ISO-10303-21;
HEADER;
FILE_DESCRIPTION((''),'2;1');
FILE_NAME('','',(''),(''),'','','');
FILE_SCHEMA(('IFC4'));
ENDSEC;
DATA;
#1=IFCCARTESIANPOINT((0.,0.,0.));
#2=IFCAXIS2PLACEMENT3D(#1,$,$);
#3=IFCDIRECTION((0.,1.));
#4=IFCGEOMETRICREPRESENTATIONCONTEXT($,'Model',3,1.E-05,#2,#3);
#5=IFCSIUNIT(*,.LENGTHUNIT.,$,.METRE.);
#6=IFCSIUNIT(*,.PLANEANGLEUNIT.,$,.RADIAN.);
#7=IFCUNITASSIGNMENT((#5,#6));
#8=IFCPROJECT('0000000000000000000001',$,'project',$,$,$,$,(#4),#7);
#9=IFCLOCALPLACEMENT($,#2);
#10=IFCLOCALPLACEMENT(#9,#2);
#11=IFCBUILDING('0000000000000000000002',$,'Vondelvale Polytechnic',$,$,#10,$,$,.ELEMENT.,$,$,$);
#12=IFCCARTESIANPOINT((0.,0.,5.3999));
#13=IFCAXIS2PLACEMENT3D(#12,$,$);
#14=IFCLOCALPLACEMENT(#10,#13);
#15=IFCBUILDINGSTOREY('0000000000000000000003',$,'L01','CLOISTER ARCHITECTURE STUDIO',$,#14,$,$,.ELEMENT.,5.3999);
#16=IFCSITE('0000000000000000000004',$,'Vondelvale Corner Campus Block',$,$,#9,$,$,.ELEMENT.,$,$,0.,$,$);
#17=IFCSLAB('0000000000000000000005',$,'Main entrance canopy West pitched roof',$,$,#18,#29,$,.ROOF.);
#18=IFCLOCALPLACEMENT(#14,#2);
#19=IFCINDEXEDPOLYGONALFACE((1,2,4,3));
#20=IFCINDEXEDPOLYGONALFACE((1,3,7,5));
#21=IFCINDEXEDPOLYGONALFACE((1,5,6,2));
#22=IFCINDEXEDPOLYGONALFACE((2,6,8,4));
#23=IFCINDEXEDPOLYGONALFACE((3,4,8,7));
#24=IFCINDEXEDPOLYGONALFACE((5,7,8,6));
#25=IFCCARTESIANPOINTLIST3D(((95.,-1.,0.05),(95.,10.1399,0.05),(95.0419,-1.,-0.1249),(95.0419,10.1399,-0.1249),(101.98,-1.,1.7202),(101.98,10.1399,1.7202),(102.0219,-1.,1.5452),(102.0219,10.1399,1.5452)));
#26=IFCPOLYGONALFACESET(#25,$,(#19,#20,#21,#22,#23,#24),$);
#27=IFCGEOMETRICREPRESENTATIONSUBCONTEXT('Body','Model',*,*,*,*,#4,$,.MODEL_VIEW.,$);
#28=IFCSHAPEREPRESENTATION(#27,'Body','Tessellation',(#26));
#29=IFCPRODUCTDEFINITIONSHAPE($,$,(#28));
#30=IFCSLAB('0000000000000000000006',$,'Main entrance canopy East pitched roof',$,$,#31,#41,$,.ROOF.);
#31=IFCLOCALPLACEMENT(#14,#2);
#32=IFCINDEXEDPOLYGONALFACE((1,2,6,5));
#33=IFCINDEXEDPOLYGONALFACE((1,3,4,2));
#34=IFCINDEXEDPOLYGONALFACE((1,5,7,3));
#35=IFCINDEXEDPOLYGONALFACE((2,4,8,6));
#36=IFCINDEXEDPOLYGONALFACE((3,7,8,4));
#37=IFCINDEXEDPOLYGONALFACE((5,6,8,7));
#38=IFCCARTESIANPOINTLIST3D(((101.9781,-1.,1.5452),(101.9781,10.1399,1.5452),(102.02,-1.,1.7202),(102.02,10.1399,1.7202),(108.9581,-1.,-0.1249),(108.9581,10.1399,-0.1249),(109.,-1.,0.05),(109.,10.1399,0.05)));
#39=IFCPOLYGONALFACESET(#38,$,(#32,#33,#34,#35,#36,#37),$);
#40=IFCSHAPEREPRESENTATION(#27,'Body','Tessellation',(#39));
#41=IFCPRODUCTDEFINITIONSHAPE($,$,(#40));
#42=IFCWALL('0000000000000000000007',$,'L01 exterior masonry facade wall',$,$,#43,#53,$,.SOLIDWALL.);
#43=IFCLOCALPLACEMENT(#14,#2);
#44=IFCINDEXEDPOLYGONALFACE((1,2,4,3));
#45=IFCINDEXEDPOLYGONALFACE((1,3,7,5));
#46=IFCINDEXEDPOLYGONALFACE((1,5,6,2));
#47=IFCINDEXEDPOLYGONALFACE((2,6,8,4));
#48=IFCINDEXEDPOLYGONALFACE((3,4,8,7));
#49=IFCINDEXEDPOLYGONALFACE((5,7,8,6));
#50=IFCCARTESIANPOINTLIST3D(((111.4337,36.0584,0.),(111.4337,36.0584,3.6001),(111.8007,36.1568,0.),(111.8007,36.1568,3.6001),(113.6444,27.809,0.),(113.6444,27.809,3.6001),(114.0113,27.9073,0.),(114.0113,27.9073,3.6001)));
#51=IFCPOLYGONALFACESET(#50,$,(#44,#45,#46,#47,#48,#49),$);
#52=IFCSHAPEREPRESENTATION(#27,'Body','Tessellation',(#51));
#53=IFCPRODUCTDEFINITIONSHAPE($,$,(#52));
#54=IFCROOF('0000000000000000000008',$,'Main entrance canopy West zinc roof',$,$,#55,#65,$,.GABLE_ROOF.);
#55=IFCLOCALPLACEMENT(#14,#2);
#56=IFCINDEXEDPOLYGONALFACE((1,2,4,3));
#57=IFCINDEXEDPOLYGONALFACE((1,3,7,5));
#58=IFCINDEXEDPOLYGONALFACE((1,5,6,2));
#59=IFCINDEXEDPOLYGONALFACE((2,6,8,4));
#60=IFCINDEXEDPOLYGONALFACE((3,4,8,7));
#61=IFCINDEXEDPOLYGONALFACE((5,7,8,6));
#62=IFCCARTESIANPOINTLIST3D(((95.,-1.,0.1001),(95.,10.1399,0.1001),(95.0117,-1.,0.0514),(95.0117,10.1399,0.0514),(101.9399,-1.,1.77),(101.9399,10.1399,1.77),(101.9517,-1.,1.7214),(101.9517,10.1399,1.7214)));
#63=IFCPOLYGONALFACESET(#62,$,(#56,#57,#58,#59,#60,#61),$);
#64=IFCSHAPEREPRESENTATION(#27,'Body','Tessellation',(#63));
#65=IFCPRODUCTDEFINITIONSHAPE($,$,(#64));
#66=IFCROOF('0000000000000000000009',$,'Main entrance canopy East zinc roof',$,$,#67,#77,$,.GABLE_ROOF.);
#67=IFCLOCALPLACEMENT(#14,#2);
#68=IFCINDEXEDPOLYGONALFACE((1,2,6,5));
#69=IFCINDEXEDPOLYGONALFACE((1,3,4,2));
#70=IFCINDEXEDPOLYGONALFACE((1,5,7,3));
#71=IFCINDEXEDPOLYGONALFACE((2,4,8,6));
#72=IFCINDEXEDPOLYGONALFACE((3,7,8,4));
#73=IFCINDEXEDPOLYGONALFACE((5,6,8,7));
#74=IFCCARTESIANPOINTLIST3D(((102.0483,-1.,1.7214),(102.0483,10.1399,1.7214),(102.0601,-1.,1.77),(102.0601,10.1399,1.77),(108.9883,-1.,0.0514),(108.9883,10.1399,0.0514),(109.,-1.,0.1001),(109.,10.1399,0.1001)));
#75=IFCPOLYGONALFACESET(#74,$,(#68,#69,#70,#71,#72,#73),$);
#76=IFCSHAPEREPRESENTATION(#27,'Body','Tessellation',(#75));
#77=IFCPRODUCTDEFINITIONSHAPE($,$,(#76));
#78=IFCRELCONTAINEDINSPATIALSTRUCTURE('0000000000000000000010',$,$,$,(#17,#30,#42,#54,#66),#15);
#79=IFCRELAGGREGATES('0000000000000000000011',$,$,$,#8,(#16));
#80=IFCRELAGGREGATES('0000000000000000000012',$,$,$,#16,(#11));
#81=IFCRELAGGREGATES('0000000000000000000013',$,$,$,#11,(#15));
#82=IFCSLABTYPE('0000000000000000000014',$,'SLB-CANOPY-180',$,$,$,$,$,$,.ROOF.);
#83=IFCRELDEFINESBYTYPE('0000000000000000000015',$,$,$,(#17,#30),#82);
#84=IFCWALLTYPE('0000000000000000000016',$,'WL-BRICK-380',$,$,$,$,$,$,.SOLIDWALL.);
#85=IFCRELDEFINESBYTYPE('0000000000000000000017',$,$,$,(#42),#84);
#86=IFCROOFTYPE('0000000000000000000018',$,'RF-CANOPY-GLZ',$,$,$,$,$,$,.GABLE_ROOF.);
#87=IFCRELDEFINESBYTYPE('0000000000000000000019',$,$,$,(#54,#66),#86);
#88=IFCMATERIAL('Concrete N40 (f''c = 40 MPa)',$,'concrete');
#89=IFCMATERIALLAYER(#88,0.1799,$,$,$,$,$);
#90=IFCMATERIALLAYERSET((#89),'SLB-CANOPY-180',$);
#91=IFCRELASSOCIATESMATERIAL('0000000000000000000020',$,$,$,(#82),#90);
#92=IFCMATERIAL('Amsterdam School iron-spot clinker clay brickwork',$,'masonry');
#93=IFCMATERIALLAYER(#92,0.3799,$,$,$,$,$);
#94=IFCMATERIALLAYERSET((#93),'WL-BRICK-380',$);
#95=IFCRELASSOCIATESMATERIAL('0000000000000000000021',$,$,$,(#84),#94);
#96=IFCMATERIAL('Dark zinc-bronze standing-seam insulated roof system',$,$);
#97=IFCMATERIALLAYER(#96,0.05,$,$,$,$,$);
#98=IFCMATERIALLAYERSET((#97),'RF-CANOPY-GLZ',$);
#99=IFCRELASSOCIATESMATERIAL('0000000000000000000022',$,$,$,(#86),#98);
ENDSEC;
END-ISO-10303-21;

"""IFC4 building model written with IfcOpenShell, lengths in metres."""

from ifc_helpers import new_model, si_unit, direction, frame, frame_2d, origin, place, context, subcontext, project, spatial, polyline, rectangle, outline, extrude, material, layer, layer_set, type_object, element, save


model = new_model("IFC4")

# Units and contexts
model_context = context("Model", 3, precision=1e-05, world=origin(), true_north=direction((0.0, 1.0)))
body_context = subcontext(model_context, "Body", "Model", "MODEL_VIEW")
ifc_project = project(units=[si_unit("LENGTHUNIT", "METRE"), si_unit("PLANEANGLEUNIT", "RADIAN")], contexts=[model_context])

# Site, building, storey
site_placement = place(None, origin())
site = spatial("IfcSite", under=ifc_project, at=site_placement, Name="Vondelvale Corner Campus Block", CompositionType="ELEMENT", RefElevation=0.0)
building_placement = place(site_placement, origin())
building = spatial("IfcBuilding", under=site, at=building_placement, Name="Vondelvale Polytechnic", CompositionType="ELEMENT")
storey_placement = place(building_placement, frame((0.0, 0.0, 5.3999)))
storey = spatial("IfcBuildingStorey", under=building, at=storey_placement, Name="L01", Description="CLOISTER ARCHITECTURE STUDIO", CompositionType="ELEMENT", Elevation=5.3999)

# Slabs
ifc_material_1 = material(Name="Concrete N40 (f'c = 40 MPa)", Category="concrete")
ifc_layer_1 = layer(ifc_material_1, 0.1799)
ifc_layer_set_1 = layer_set([ifc_layer_1], Name="SLB-CANOPY-180")
slab_type = type_object("IfcSlabType", Name="SLB-CANOPY-180", PredefinedType="ROOF", material=ifc_layer_set_1)
for number, where, z_axis, x_axis, name in (
    (1, (95.0, -1.0, 0.05), (-0.23271, 0.0, 0.972546), (0.972546, 0.0, 0.23271), "Main entrance canopy West pitched roof"),
    (2, (102.02, -1.0, 1.7202), (0.23271, 0.0, 0.972546), (0.972546, 0.0, -0.23271), "Main entrance canopy East pitched roof"),
):
    element("IfcSlab", number, at=place(storey_placement, frame(where, z_axis=z_axis, x_axis=x_axis)), inside=storey, type_object=slab_type, Name=name, PredefinedType="ROOF", context=body_context, shape_type="SweptSolid", body=[
        extrude(outline(polyline([(0.0, 0.0), (7.177, 0.0), (7.177, 11.1399), (0.0, 11.1399), (0.0, 0.0)])), origin(), (0.0, 0.0, -1.0), 0.1799),
    ])

# Wall
ifc_material_2 = material(Name="Amsterdam School iron-spot clinker clay brickwork", Category="masonry")
ifc_layer_2 = layer(ifc_material_2, 0.3799)
ifc_layer_set_2 = layer_set([ifc_layer_2], Name="WL-BRICK-380")
wall_type = type_object("IfcWallType", Name="WL-BRICK-380", PredefinedType="SOLIDWALL", material=ifc_layer_set_2)
wall_placement = place(storey_placement, frame((113.8279, 27.8582, 0.0), z_axis=(0.0, 0.0, 1.0), x_axis=(-0.258846, 0.965919, 0.0)))
element("IfcWall", 3, at=wall_placement, inside=storey, type_object=wall_type, Name="L01 exterior masonry facade wall", PredefinedType="SOLIDWALL", context=body_context, shape_type="SweptSolid", body=[
    extrude(rectangle(XDim=8.5405, YDim=0.3799, at=frame_2d((4.2703, 0.0))), origin(), (0.0, 0.0, 1.0), 3.6001),
])

# Roofs
ifc_material_3 = material(Name="Dark zinc-bronze standing-seam insulated roof system")
ifc_layer_3 = layer(ifc_material_3, 0.05)
ifc_layer_set_3 = layer_set([ifc_layer_3], Name="RF-CANOPY-GLZ")
roof_type = type_object("IfcRoofType", Name="RF-CANOPY-GLZ", PredefinedType="GABLE_ROOF", material=ifc_layer_set_3)
for number, where, z_axis, x_axis, name in (
    (4, (95.0, -1.0, 0.1001), (-0.233947, 0.0, 0.972249), (0.972249, 0.0, 0.233947), "Main entrance canopy West zinc roof"),
    (5, (102.0601, -1.0, 1.77), (0.233947, 0.0, 0.972249), (0.972249, 0.0, -0.233947), "Main entrance canopy East zinc roof"),
):
    element("IfcRoof", number, at=place(storey_placement, frame(where, z_axis=z_axis, x_axis=x_axis)), inside=storey, type_object=roof_type, Name=name, PredefinedType="GABLE_ROOF", context=body_context, shape_type="SweptSolid", body=[
        extrude(outline(polyline([(0.0, 0.0), (7.138, 0.0), (7.138, 11.1399), (0.0, 11.1399), (0.0, 0.0)])), origin(), (0.0, 0.0, -1.0), 0.05),
    ])

save(model, "model.ifc")
